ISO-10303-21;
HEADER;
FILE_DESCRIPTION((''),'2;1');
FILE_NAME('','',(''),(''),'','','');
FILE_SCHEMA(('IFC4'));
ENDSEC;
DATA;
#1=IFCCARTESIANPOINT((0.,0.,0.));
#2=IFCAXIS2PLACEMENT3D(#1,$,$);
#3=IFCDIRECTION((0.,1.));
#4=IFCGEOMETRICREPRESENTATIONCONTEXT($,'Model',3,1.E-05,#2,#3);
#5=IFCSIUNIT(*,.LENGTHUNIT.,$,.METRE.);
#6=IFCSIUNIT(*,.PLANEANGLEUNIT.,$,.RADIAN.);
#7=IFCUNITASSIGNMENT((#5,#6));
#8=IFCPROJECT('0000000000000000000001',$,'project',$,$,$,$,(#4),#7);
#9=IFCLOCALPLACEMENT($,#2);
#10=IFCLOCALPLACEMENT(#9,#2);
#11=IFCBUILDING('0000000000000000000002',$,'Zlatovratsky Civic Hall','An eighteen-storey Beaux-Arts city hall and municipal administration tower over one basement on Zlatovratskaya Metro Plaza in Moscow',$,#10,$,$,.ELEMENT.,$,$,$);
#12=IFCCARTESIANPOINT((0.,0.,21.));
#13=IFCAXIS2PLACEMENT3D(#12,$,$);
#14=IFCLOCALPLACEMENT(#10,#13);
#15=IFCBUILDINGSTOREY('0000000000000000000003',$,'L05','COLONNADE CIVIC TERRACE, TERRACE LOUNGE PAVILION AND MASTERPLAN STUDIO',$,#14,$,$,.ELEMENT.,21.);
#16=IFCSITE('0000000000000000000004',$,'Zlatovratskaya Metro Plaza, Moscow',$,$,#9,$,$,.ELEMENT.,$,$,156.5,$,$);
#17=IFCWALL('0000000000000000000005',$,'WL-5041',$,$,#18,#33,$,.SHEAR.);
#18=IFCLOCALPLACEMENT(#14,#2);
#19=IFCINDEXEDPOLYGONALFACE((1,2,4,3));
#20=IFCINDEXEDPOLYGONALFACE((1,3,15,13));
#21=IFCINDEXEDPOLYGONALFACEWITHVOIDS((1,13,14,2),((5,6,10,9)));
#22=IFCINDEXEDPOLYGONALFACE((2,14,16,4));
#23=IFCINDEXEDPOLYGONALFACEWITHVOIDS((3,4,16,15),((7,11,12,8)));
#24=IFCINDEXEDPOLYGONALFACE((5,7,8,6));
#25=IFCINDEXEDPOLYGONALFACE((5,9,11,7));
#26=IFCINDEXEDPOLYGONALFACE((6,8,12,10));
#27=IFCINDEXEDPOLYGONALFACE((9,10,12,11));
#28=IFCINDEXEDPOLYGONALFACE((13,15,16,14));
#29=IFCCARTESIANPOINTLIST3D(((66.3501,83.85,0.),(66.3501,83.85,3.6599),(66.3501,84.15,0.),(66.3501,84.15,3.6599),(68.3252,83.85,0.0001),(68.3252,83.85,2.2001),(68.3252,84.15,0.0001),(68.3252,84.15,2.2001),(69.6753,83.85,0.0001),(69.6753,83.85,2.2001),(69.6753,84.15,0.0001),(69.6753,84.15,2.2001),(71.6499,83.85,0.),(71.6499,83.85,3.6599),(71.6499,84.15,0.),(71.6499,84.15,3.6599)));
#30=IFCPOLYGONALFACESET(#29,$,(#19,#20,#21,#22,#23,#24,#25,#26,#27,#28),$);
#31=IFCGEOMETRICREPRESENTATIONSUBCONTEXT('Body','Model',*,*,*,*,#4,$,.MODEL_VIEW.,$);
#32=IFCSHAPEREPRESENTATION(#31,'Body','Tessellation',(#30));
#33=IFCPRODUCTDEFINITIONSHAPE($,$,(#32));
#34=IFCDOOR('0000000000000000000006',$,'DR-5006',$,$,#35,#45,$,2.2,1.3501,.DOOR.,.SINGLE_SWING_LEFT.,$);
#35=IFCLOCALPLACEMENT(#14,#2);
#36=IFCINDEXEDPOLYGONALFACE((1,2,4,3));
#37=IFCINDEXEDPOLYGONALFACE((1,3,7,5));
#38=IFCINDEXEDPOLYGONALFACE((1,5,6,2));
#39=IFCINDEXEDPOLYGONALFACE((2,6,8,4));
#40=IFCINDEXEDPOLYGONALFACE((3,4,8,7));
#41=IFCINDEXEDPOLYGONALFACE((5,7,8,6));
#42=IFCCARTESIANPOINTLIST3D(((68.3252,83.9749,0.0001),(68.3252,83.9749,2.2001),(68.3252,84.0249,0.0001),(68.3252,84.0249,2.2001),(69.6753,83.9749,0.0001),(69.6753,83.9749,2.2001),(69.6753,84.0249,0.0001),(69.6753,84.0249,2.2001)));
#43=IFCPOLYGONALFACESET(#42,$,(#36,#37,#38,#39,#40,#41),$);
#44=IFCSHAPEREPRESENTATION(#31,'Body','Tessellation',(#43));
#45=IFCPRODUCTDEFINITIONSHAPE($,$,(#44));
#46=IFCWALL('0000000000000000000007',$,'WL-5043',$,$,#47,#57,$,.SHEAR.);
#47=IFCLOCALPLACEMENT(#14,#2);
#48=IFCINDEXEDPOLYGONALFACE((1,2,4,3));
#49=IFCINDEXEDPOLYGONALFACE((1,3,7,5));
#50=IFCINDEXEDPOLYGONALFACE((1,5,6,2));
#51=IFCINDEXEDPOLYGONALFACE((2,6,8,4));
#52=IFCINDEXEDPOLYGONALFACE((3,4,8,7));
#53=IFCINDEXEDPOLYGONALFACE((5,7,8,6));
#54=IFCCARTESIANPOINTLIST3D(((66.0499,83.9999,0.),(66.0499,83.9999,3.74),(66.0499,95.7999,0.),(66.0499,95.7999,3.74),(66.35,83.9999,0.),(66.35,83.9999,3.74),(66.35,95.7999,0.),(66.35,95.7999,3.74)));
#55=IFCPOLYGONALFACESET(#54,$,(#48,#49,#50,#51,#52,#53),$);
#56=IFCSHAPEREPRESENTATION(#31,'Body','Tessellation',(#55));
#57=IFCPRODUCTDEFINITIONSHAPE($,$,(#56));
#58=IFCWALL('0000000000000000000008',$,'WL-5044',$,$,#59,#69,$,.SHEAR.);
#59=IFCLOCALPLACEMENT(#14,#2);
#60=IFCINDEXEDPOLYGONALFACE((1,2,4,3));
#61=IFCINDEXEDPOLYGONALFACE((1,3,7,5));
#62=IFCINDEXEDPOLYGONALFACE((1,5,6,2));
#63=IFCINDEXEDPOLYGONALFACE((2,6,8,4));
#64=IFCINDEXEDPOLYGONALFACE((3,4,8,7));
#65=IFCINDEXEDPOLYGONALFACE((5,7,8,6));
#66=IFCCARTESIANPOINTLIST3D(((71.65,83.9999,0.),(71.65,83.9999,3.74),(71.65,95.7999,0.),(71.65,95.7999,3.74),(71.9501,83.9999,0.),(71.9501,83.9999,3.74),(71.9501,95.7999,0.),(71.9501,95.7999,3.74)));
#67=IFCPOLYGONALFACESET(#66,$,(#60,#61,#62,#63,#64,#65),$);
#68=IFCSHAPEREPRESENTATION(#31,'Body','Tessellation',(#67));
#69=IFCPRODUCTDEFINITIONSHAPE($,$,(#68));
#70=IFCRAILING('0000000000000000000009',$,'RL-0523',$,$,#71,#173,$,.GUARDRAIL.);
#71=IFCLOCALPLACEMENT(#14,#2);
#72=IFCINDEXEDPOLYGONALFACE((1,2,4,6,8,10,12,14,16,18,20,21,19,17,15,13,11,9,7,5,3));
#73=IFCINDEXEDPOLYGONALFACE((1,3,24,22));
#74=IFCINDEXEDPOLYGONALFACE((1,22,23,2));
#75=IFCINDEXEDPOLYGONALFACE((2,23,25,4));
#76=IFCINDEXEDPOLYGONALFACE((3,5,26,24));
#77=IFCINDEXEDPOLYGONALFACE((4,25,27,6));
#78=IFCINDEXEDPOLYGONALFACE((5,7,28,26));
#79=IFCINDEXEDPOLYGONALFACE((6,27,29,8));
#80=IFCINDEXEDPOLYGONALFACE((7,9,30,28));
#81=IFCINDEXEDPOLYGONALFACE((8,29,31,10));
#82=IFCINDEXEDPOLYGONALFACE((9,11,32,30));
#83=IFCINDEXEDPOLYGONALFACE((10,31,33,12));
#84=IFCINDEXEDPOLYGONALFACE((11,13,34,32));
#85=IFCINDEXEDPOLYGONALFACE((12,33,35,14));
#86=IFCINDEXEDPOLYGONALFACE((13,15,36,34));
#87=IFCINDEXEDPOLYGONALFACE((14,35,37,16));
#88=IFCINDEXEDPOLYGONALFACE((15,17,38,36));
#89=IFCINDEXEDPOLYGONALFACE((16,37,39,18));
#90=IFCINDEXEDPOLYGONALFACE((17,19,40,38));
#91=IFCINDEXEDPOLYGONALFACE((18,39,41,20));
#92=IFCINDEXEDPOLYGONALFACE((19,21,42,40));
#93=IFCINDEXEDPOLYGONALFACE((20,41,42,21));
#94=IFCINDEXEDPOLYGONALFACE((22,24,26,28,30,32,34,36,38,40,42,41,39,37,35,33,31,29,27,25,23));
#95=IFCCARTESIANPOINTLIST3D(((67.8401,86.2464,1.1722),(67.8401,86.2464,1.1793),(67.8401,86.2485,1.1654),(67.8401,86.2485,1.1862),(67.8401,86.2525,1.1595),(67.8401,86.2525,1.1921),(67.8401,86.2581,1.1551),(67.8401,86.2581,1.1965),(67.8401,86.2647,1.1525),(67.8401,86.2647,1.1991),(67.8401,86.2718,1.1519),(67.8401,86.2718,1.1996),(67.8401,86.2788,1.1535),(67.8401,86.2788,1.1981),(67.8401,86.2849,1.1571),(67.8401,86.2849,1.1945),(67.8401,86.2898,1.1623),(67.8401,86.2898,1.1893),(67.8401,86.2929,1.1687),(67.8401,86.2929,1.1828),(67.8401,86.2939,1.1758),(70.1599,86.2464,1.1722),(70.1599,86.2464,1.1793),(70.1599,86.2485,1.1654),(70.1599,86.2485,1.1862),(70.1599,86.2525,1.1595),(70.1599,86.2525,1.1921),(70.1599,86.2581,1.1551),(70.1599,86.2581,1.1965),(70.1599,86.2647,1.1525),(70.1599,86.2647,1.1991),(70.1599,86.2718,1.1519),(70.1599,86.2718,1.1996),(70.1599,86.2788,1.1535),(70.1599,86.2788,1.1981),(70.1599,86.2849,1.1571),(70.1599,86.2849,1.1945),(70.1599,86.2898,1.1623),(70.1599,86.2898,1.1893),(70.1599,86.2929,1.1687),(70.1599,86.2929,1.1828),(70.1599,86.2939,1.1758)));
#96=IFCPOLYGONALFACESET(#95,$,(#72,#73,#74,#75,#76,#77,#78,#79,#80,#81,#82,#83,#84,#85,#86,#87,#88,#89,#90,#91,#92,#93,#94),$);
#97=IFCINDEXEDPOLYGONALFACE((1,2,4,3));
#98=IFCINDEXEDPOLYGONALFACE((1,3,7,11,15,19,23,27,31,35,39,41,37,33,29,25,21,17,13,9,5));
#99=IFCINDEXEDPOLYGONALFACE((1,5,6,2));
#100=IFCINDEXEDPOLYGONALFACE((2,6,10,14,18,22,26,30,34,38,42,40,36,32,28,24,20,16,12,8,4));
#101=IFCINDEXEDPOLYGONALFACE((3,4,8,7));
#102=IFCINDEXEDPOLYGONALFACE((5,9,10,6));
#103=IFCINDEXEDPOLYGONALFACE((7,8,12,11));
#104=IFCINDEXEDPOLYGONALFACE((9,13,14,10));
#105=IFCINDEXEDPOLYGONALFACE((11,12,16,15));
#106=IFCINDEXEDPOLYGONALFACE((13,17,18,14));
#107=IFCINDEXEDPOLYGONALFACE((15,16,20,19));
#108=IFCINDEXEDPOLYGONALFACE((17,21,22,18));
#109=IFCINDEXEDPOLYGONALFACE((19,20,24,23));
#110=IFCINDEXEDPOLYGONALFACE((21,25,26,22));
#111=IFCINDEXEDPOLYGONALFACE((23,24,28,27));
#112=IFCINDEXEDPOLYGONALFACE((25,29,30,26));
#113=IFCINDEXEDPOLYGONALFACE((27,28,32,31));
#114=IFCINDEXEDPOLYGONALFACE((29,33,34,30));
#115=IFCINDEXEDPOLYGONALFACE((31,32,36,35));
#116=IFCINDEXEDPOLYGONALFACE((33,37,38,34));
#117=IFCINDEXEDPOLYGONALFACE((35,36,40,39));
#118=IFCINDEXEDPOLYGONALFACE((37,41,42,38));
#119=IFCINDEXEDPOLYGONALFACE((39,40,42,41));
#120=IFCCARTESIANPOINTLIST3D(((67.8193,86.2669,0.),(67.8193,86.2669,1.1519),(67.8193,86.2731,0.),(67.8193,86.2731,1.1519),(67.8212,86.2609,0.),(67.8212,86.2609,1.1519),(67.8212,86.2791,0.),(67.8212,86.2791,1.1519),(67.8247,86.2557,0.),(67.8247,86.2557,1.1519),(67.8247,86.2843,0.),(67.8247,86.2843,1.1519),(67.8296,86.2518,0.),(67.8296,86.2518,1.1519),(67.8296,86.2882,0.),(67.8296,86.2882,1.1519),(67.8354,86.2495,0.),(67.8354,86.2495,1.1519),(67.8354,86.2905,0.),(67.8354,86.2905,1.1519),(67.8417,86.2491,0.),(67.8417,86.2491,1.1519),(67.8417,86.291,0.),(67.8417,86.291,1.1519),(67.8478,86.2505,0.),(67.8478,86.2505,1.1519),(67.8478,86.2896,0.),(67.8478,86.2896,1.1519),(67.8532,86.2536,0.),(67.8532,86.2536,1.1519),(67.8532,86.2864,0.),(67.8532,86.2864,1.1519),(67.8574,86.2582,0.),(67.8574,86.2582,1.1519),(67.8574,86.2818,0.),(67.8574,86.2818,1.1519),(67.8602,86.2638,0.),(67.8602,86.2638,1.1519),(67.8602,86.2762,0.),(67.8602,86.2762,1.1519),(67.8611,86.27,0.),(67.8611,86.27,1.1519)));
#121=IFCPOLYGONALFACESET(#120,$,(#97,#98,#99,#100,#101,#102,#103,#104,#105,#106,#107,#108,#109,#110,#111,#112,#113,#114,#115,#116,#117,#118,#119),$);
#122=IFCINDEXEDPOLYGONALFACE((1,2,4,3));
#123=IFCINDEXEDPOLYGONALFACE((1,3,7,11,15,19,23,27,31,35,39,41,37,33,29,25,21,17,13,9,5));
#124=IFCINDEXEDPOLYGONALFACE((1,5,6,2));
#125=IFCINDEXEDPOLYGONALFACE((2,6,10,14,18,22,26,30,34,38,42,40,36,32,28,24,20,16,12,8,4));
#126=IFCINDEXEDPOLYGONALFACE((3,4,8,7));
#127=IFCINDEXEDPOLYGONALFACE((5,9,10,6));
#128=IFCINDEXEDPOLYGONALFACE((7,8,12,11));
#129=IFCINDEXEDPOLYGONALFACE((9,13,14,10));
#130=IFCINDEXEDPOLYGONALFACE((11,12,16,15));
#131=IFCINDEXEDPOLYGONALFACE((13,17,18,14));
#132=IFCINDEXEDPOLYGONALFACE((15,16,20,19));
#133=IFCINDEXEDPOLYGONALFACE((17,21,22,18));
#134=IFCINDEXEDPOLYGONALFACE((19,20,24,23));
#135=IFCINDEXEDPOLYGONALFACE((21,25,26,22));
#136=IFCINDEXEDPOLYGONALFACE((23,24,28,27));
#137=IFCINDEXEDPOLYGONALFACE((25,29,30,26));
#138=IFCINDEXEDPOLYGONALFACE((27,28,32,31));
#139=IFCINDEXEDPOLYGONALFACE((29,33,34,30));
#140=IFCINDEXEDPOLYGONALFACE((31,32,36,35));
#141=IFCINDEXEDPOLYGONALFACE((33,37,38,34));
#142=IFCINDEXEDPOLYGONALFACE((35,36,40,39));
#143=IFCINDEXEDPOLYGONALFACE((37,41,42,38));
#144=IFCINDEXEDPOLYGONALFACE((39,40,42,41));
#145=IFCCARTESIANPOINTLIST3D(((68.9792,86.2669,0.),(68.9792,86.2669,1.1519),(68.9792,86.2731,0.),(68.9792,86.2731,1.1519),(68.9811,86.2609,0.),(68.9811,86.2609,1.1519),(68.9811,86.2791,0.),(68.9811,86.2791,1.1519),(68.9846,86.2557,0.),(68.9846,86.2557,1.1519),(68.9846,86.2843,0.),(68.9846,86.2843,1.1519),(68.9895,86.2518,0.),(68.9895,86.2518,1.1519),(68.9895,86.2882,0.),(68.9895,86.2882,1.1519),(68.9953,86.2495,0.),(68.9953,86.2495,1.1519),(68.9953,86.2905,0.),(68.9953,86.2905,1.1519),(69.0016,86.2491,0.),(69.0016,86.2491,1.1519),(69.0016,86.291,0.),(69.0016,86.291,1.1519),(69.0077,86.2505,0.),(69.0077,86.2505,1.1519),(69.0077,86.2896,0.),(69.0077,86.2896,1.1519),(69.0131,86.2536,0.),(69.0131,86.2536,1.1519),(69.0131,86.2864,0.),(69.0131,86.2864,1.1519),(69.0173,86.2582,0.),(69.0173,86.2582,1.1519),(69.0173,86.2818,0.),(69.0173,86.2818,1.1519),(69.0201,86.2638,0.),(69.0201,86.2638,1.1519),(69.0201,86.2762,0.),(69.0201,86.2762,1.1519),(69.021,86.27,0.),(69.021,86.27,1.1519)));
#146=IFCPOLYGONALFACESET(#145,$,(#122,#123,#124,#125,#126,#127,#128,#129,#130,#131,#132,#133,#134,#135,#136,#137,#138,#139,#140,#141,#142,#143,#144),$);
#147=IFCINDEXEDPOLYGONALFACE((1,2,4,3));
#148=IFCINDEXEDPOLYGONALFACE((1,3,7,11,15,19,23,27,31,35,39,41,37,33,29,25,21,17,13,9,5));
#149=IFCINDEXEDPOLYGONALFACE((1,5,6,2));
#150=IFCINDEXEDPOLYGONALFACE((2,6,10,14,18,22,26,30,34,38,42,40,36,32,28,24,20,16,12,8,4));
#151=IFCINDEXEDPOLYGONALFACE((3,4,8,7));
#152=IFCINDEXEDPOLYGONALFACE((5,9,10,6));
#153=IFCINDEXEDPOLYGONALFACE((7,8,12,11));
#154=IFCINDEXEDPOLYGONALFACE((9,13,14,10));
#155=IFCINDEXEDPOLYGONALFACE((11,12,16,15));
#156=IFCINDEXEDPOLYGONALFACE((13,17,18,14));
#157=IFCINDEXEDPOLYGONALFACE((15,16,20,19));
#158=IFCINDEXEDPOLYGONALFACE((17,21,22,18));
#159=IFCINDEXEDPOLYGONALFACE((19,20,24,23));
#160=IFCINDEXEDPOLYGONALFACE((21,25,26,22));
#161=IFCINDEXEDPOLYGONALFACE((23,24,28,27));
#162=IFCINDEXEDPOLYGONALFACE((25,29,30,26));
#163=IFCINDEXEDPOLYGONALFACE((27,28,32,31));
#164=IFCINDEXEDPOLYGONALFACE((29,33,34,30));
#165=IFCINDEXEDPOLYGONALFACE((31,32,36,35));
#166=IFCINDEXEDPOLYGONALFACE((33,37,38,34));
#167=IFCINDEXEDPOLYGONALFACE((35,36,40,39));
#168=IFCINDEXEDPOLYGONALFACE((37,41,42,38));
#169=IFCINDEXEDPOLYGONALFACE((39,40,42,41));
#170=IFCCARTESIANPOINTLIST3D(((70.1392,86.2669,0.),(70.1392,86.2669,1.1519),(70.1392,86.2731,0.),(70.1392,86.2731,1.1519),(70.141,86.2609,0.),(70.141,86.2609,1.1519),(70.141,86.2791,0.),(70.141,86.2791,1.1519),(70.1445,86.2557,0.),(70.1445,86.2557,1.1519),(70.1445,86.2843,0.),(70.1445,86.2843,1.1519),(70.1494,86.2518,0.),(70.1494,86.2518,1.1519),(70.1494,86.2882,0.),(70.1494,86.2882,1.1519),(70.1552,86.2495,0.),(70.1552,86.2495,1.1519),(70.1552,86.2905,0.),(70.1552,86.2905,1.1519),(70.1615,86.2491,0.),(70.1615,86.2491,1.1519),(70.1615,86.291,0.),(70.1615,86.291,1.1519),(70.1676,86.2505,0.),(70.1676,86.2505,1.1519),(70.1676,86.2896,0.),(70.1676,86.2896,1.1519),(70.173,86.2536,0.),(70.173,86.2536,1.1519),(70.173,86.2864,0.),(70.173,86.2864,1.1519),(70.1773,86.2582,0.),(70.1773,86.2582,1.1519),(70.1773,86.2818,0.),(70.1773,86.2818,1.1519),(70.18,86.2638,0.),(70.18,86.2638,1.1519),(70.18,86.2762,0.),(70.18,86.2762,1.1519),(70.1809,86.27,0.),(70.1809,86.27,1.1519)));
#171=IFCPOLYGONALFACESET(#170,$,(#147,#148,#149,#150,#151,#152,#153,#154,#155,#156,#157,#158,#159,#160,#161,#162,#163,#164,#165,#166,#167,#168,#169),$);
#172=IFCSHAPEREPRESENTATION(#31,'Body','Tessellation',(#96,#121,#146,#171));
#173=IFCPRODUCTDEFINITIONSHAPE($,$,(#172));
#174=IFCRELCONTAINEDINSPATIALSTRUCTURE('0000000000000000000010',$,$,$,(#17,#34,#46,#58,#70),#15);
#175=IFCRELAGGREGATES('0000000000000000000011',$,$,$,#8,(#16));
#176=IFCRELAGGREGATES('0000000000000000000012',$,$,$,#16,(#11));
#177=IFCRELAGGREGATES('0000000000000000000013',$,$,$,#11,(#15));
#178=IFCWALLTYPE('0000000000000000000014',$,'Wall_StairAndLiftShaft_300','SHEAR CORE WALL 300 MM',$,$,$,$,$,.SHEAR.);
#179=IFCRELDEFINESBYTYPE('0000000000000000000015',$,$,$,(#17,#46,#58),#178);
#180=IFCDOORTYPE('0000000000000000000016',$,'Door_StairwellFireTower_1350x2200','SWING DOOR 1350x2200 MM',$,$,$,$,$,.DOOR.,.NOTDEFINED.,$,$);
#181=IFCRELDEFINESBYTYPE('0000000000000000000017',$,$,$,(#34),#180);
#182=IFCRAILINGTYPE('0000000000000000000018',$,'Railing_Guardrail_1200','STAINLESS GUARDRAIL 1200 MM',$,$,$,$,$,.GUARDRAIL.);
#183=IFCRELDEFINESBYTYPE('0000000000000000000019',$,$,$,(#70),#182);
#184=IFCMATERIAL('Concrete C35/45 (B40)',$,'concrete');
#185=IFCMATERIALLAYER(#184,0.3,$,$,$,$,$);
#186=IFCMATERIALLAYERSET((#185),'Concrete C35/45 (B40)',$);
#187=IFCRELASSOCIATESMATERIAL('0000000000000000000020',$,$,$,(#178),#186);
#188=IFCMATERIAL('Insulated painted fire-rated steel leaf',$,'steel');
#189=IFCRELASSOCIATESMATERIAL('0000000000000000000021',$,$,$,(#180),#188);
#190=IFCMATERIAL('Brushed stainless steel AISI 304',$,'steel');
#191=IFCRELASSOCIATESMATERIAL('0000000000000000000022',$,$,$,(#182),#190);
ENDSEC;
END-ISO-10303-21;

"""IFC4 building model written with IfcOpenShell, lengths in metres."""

from ifc_helpers import new_model, si_unit, direction, frame, frame_2d, origin, origin_2d, place, context, subcontext, project, spatial, rectangle, circle, extrude, material, layer, layer_set, type_object, element, fill, save


model = new_model("IFC4")

# Units and contexts
model_context = context("Model", 3, precision=1e-05, world=origin(), true_north=direction((0.0, 1.0)))
body_context = subcontext(model_context, "Body", "Model", "MODEL_VIEW")
ifc_project = project(units=[si_unit("LENGTHUNIT", "METRE"), si_unit("PLANEANGLEUNIT", "RADIAN")], contexts=[model_context])

# Site, building, storey
site_placement = place(None, origin())
site = spatial("IfcSite", under=ifc_project, at=site_placement, Name="Zlatovratskaya Metro Plaza, Moscow", CompositionType="ELEMENT", RefElevation=156.5)
building_placement = place(site_placement, origin())
building = spatial("IfcBuilding", under=site, at=building_placement, Name="Zlatovratsky Civic Hall", Description="An eighteen-storey Beaux-Arts city hall and municipal administration tower over one basement on Zlatovratskaya Metro Plaza in Moscow", CompositionType="ELEMENT")
storey_placement = place(building_placement, frame((0.0, 0.0, 21.0)))
storey = spatial("IfcBuildingStorey", under=building, at=storey_placement, Name="L05", Description="COLONNADE CIVIC TERRACE, TERRACE LOUNGE PAVILION AND MASTERPLAN STUDIO", CompositionType="ELEMENT", Elevation=21.0)

# Shared definitions
ifc_material_1 = material(Name="Concrete C35/45 (B40)", Category="concrete")

# Wall, opening, door
ifc_layer_1 = layer(ifc_material_1, 0.3)
ifc_layer_set_1 = layer_set([ifc_layer_1], Name="Concrete C35/45 (B40)")
wall_type_1 = type_object("IfcWallType", Name="Wall_StairAndLiftShaft_300", Description="SHEAR CORE WALL 300 MM", PredefinedType="SHEAR", material=ifc_layer_set_1)
wall_1_placement = place(storey_placement, frame((66.3501, 84.0, 0.0), z_axis=(0.0, 0.0, 1.0), x_axis=(1.0, 0.0, 0.0)))
wall_1 = element("IfcWall", 1, at=wall_1_placement, inside=storey, type_object=wall_type_1, Name="WL-5041", PredefinedType="SHEAR", context=body_context, shape_type="SweptSolid", body=[
    extrude(rectangle(XDim=5.2998, YDim=0.3, at=frame_2d((2.6499, 0.0))), origin(), (0.0, 0.0, 1.0), 3.6599),
])
opening_1_placement = place(wall_1_placement, frame((1.9751, 0.0, 0.0)))
opening_1 = element("IfcOpeningElement", 2, at=opening_1_placement, cuts=wall_1, PredefinedType="OPENING", context=body_context, shape_type="SweptSolid", body=[
    extrude(rectangle(XDim=1.3501, YDim=2.2, at=frame_2d((0.675, 1.1001))), frame((0.0, 0.165, 0.0), z_axis=(0.0, -1.0, 0.0), x_axis=(1.0, 0.0, 0.0)), (0.0, 0.0, 1.0), 0.3298),
])
ifc_material_2 = material(Name="Insulated painted fire-rated steel leaf", Category="steel")
door_type_1 = type_object("IfcDoorType", Name="Door_StairwellFireTower_1350x2200", Description="SWING DOOR 1350x2200 MM", OperationType="NOTDEFINED", PredefinedType="DOOR", material=ifc_material_2)
door_1_placement = place(opening_1_placement, origin())
door_1 = element("IfcDoor", 3, at=door_1_placement, inside=storey, type_object=door_type_1, Name="DR-5006", OperationType="SINGLE_SWING_LEFT", OverallHeight=2.2, OverallWidth=1.3501, PredefinedType="DOOR", context=body_context, shape_type="SweptSolid", body=[
    extrude(rectangle(XDim=1.3501, YDim=2.2, at=frame_2d((0.675, 1.1001))), frame((0.0, 0.0249, 0.0), z_axis=(0.0, -1.0, 0.0), x_axis=(1.0, 0.0, 0.0)), (0.0, 0.0, 1.0), 0.05),
])
fill(opening_1, door_1)

# Walls
for number, where, z_axis, x_axis, name in (
    (4, (66.2, 84.0, 0.0), (0.0, 0.0, 1.0), (0.0, 1.0, 0.0), "WL-5043"),
    (5, (71.8, 84.0, 0.0), (0.0, 0.0, 1.0), (0.0, 1.0, 0.0), "WL-5044"),
):
    element("IfcWall", number, at=place(storey_placement, frame(where, z_axis=z_axis, x_axis=x_axis)), inside=storey, type_object=wall_type_1, Name=name, PredefinedType="SHEAR", context=body_context, shape_type="SweptSolid", body=[
        extrude(rectangle(XDim=11.8, YDim=0.3, at=frame_2d((5.8999, 0.0))), origin(), (0.0, 0.0, 1.0), 3.74),
    ])

# Railing
ifc_material_3 = material(Name="Brushed stainless steel AISI 304", Category="steel")
railing_type = type_object("IfcRailingType", Name="Railing_Guardrail_1200", Description="STAINLESS GUARDRAIL 1200 MM", PredefinedType="GUARDRAIL", material=ifc_material_3)
railing_placement = place(storey_placement, frame((67.8401, 86.27, 0.0)))
element("IfcRailing", 6, at=railing_placement, inside=storey, type_object=railing_type, Name="RL-0523", PredefinedType="GUARDRAIL", context=body_context, shape_type="SweptSolid", body=[
    extrude(circle(Radius=0.0239, at=origin_2d()), frame((0.0, 0.0, 1.1758), z_axis=(1.0, 0.0, 0.0), x_axis=(0.0, 1.0, 0.0)), (0.0, 0.0, 1.0), 2.3198),
    extrude(circle(Radius=0.021, at=origin_2d()), origin(), (0.0, 0.0, 1.0), 1.1519),
    extrude(circle(Radius=0.021, at=origin_2d()), frame((1.1599, 0.0, 0.0)), (0.0, 0.0, 1.0), 1.1519),
    extrude(circle(Radius=0.021, at=origin_2d()), frame((2.3198, 0.0, 0.0)), (0.0, 0.0, 1.0), 1.1519),
])

save(model, "model.ifc")
